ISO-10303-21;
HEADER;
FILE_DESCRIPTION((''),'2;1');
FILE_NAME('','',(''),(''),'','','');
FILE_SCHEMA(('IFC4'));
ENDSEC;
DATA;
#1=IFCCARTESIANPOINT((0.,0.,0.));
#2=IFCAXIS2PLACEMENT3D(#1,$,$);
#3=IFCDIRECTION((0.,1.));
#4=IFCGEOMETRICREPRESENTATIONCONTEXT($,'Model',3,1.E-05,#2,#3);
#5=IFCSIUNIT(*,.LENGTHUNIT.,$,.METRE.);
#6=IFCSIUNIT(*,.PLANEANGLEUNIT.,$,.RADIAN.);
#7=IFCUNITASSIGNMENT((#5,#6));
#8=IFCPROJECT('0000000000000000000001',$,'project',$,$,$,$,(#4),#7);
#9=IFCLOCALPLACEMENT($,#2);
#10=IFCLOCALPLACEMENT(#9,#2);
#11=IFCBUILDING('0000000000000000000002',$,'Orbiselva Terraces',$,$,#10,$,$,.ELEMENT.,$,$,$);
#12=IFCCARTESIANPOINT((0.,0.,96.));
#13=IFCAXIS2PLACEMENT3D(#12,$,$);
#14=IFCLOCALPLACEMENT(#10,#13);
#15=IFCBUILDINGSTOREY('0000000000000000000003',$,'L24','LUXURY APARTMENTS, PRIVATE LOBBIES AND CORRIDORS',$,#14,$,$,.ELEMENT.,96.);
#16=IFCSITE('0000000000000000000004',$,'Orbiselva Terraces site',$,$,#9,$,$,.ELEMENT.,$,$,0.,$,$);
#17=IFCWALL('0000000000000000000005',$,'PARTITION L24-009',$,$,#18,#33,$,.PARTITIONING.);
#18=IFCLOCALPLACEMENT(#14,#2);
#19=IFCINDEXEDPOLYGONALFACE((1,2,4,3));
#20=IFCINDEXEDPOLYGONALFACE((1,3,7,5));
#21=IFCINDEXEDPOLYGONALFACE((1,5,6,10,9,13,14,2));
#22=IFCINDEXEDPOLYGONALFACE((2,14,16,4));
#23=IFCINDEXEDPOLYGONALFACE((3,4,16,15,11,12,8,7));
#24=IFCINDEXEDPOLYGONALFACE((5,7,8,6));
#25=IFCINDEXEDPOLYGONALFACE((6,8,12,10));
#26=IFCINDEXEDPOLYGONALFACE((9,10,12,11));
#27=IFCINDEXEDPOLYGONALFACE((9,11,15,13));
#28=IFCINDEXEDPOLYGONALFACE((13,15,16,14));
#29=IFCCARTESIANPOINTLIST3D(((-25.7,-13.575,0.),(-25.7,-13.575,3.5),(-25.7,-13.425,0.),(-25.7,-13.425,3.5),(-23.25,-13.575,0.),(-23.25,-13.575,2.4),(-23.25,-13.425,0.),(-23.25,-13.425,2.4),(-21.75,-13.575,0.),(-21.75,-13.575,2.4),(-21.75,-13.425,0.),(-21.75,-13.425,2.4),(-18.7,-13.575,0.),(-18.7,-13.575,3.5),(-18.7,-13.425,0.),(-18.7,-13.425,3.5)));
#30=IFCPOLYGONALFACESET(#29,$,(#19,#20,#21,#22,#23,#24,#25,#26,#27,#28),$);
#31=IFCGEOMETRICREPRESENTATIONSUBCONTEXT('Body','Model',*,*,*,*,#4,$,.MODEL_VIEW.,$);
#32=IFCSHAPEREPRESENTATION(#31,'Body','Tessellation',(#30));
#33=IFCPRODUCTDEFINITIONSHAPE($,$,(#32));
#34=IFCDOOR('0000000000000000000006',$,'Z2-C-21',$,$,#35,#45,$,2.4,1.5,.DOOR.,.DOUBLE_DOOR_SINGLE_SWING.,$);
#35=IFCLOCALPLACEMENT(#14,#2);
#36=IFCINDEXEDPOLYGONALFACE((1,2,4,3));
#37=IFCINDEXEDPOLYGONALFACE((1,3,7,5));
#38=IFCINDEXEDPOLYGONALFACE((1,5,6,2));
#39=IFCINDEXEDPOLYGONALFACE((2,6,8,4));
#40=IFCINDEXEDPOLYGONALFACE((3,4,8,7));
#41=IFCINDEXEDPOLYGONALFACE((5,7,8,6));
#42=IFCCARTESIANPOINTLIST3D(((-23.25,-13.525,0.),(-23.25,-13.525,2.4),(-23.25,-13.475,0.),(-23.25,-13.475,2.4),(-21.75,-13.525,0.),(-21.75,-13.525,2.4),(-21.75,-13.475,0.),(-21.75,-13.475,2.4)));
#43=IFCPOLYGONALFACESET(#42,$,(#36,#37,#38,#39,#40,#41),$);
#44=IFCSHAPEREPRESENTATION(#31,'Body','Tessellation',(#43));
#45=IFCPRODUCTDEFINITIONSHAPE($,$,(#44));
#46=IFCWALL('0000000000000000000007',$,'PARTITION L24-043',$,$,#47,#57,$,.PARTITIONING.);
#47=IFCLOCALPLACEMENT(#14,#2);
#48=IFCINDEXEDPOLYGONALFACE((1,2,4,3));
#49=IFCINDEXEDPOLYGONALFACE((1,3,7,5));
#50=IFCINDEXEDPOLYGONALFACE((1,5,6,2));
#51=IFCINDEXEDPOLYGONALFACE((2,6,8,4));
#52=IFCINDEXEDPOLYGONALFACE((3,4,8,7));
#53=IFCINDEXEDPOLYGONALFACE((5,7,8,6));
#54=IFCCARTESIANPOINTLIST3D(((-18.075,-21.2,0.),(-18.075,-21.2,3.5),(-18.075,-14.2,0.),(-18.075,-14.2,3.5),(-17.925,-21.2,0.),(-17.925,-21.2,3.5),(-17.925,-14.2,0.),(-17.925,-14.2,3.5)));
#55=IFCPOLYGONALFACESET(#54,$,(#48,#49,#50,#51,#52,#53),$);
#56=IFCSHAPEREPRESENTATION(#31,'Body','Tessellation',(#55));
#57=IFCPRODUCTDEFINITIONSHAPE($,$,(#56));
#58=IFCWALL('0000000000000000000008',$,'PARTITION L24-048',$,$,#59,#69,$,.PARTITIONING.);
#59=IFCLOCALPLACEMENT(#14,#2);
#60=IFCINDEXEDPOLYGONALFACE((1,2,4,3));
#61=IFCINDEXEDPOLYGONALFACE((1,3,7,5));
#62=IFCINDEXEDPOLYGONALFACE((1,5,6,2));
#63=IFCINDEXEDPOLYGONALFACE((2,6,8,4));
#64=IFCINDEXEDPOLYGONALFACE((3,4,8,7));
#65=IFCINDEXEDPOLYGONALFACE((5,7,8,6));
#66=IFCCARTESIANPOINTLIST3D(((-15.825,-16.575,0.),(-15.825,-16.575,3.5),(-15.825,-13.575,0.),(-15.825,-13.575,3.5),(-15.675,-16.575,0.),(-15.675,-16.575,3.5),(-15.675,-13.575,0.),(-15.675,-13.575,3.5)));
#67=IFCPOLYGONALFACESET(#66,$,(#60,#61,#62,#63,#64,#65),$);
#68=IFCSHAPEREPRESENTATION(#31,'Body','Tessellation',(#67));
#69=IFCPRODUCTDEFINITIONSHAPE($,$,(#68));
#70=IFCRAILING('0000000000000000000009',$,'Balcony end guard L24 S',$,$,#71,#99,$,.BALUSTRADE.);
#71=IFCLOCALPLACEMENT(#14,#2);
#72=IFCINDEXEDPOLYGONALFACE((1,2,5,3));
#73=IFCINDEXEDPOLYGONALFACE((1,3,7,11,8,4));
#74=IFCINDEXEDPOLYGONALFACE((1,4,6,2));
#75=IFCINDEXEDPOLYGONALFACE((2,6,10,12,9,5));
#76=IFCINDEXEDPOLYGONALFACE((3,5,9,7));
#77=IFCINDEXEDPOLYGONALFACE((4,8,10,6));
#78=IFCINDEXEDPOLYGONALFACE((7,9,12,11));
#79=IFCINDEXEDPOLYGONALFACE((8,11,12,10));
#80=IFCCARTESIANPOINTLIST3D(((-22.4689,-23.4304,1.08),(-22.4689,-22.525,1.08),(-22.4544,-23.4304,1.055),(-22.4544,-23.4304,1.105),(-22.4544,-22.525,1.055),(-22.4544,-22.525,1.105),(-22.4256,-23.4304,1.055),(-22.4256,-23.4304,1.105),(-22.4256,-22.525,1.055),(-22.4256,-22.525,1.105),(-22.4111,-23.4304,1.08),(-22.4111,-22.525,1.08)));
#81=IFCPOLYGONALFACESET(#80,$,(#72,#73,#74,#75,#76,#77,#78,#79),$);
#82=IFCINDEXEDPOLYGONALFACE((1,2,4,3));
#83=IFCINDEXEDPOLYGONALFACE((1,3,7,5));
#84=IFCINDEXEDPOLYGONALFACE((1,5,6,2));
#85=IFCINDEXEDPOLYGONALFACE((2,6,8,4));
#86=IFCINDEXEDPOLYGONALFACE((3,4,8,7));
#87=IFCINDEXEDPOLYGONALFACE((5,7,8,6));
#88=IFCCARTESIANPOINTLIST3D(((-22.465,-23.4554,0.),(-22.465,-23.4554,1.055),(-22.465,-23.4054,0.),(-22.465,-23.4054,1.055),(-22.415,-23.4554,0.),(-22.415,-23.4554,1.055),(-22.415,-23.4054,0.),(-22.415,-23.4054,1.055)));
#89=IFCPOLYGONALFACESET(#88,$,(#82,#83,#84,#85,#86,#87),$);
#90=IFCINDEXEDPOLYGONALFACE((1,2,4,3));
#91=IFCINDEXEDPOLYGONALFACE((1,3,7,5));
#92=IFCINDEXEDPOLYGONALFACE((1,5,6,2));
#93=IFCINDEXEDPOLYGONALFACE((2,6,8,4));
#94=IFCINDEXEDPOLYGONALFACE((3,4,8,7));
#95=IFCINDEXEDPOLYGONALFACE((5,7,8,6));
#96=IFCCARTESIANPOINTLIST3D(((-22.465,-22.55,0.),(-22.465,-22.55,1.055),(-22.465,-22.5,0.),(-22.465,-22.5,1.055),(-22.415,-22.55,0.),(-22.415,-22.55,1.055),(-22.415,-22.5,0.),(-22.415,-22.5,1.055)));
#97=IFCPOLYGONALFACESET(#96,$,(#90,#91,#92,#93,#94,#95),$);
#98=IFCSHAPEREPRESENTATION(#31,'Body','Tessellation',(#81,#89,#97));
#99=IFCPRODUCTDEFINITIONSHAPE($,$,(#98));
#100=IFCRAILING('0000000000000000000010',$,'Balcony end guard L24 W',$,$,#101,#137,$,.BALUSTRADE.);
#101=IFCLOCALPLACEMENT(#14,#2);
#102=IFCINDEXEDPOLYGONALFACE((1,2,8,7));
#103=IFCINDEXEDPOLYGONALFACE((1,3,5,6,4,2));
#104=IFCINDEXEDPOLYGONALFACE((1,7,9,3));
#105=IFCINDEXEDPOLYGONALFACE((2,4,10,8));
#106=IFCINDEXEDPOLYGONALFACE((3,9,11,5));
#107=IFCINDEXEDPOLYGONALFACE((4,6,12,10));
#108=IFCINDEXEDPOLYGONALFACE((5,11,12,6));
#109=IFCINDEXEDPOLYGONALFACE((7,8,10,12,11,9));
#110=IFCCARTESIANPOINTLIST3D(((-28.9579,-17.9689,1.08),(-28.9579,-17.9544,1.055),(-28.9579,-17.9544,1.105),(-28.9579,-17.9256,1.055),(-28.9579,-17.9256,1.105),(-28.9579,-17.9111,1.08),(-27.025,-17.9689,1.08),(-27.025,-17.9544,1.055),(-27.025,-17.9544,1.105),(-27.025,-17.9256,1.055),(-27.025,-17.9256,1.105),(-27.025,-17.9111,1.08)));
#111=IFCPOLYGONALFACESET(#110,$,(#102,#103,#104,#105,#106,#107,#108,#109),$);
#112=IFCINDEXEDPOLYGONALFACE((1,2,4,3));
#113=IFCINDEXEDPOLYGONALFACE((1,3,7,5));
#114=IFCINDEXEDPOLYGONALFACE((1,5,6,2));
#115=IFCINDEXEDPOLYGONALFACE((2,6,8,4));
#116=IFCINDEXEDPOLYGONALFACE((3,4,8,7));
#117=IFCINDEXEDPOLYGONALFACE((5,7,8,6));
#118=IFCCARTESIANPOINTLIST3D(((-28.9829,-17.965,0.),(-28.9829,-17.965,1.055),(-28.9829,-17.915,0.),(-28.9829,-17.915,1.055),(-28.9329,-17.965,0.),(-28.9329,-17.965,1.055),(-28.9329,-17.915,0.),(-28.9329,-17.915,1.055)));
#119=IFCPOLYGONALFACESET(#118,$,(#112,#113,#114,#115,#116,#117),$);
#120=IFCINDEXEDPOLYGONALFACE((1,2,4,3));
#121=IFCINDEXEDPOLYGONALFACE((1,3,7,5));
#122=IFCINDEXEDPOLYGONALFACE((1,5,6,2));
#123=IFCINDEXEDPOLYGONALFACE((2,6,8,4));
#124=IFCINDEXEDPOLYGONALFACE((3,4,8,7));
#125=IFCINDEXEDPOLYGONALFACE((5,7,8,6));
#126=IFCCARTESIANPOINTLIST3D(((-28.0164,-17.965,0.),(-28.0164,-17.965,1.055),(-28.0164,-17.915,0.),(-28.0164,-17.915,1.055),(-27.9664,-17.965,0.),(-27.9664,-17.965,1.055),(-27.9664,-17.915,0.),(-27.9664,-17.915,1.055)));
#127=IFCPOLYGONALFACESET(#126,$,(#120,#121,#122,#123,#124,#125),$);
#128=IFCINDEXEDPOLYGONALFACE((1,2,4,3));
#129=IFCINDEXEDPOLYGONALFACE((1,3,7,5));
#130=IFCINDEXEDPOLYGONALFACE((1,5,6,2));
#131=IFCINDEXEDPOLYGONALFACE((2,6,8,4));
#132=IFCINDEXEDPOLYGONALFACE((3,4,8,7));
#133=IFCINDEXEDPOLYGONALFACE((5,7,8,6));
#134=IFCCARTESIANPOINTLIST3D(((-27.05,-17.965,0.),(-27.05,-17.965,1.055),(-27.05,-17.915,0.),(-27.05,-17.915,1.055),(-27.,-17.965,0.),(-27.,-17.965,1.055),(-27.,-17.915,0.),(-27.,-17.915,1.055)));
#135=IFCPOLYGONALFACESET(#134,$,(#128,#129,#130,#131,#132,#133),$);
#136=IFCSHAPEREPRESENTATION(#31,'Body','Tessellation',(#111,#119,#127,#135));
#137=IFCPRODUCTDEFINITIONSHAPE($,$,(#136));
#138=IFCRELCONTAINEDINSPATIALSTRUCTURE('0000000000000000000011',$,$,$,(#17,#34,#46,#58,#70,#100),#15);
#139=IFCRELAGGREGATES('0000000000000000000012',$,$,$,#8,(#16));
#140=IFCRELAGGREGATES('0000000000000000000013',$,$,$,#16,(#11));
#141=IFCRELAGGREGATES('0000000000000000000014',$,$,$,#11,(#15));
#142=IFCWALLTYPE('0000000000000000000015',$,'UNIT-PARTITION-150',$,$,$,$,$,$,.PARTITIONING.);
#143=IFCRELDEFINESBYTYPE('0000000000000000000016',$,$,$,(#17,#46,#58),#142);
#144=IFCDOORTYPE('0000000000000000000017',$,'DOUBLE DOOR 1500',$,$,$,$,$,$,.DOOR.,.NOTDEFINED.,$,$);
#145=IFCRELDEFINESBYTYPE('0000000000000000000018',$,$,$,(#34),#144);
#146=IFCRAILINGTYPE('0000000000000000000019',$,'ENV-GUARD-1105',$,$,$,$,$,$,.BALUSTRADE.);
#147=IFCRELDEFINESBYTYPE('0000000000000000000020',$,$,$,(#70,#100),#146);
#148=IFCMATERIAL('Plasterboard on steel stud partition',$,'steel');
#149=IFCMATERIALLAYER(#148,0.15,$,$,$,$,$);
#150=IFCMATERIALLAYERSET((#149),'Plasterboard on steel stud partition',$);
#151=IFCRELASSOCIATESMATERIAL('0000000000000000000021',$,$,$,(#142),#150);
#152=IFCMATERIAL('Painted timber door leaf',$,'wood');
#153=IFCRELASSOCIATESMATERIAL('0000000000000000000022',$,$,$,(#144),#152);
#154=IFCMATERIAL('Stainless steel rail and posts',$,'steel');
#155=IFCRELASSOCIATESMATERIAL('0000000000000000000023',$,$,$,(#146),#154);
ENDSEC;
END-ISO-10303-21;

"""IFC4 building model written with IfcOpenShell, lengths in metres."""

from ifc_helpers import new_model, si_unit, direction, frame, frame_2d, origin, origin_2d, place, context, subcontext, project, spatial, polyline, rectangle, outline, extrude, material, layer, layer_set, type_object, element, fill, save


model = new_model("IFC4")

# Units and contexts
model_context = context("Model", 3, precision=1e-05, world=origin(), true_north=direction((0.0, 1.0)))
body_context = subcontext(model_context, "Body", "Model", "MODEL_VIEW")
ifc_project = project(units=[si_unit("LENGTHUNIT", "METRE"), si_unit("PLANEANGLEUNIT", "RADIAN")], contexts=[model_context])

# Site, building, storey
site_placement = place(None, origin())
site = spatial("IfcSite", under=ifc_project, at=site_placement, Name="Orbiselva Terraces site", CompositionType="ELEMENT", RefElevation=0.0)
building_placement = place(site_placement, origin())
building = spatial("IfcBuilding", under=site, at=building_placement, Name="Orbiselva Terraces", CompositionType="ELEMENT")
storey_placement = place(building_placement, frame((0.0, 0.0, 96.0)))
storey = spatial("IfcBuildingStorey", under=building, at=storey_placement, Name="L24", Description="LUXURY APARTMENTS, PRIVATE LOBBIES AND CORRIDORS", CompositionType="ELEMENT", Elevation=96.0)

# Wall, opening, door
ifc_material_1 = material(Name="Plasterboard on steel stud partition", Category="steel")
ifc_layer_1 = layer(ifc_material_1, 0.15)
ifc_layer_set_1 = layer_set([ifc_layer_1], Name="Plasterboard on steel stud partition")
wall_type_1 = type_object("IfcWallType", Name="UNIT-PARTITION-150", PredefinedType="PARTITIONING", material=ifc_layer_set_1)
ifc_material_2 = material(Name="Painted timber door leaf", Category="wood")
wall_1_placement = place(storey_placement, frame((-18.7, -13.5, 0.0), z_axis=(0.0, 0.0, 1.0), x_axis=(-1.0, 0.0, 0.0)))
wall_1 = element("IfcWall", 1, at=wall_1_placement, inside=storey, type_object=wall_type_1, Name="PARTITION L24-009", PredefinedType="PARTITIONING", context=body_context, shape_type="SweptSolid", body=[
    extrude(rectangle(XDim=7.0, YDim=0.15, at=frame_2d((3.5, 0.0))), origin(), (0.0, 0.0, 1.0), 3.5),
])
opening_1_placement = place(wall_1_placement, frame((3.05, 0.0, 0.0)))
opening_1 = element("IfcOpeningElement", 2, at=opening_1_placement, cuts=wall_1, PredefinedType="OPENING", context=body_context, shape_type="SweptSolid", body=[
    extrude(rectangle(XDim=1.5, YDim=2.4, at=frame_2d((0.75, 1.2))), frame((0.0, 0.085, 0.0), z_axis=(0.0, -1.0, 0.0), x_axis=(1.0, 0.0, 0.0)), (0.0, 0.0, 1.0), 0.17),
])
door_type_1 = type_object("IfcDoorType", Name="DOUBLE DOOR 1500", OperationType="NOTDEFINED", PredefinedType="DOOR", material=ifc_material_2)
door_1_placement = place(opening_1_placement, origin())
door_1 = element("IfcDoor", 3, at=door_1_placement, inside=storey, type_object=door_type_1, Name="Z2-C-21", OperationType="DOUBLE_DOOR_SINGLE_SWING", OverallHeight=2.4, OverallWidth=1.5, PredefinedType="DOOR", context=body_context, shape_type="SweptSolid", body=[
    extrude(rectangle(XDim=1.5, YDim=2.4, at=frame_2d((0.75, 1.2))), frame((0.0, 0.025, 0.0), z_axis=(0.0, -1.0, 0.0), x_axis=(1.0, 0.0, 0.0)), (0.0, 0.0, 1.0), 0.05),
])
fill(opening_1, door_1)

# Walls
wall_2_placement = place(storey_placement, frame((-18.0, -21.2, 0.0), z_axis=(0.0, 0.0, 1.0), x_axis=(0.0, 1.0, 0.0)))
element("IfcWall", 4, at=wall_2_placement, inside=storey, type_object=wall_type_1, Name="PARTITION L24-043", PredefinedType="PARTITIONING", context=body_context, shape_type="SweptSolid", body=[
    extrude(rectangle(XDim=7.0, YDim=0.15, at=frame_2d((3.5, 0.0))), origin(), (0.0, 0.0, 1.0), 3.5),
])
wall_3_placement = place(storey_placement, frame((-15.75, -16.575, 0.0), z_axis=(0.0, 0.0, 1.0), x_axis=(0.0, 1.0, 0.0)))
element("IfcWall", 5, at=wall_3_placement, inside=storey, type_object=wall_type_1, Name="PARTITION L24-048", PredefinedType="PARTITIONING", context=body_context, shape_type="SweptSolid", body=[
    extrude(rectangle(XDim=3.0, YDim=0.15, at=frame_2d((1.5, 0.0))), origin(), (0.0, 0.0, 1.0), 3.5),
])

# Railings
ifc_material_3 = material(Name="Stainless steel rail and posts", Category="steel")
railing_type_1 = type_object("IfcRailingType", Name="ENV-GUARD-1105", PredefinedType="BALUSTRADE", material=ifc_material_3)
railing_1_placement = place(storey_placement, frame((-22.44, -23.4304, 0.0)))
element("IfcRailing", 6, at=railing_1_placement, inside=storey, type_object=railing_type_1, Name="Balcony end guard L24 S", PredefinedType="BALUSTRADE", context=body_context, shape_type="SweptSolid", body=[
    extrude(outline(polyline([(0.0289, 0.0), (0.0144, 0.025), (-0.0144, 0.025), (-0.0289, 0.0), (-0.0144, -0.025), (0.0144, -0.025), (0.0289, 0.0)])), frame((0.0, 0.0, 1.08), z_axis=(0.0, 1.0, 0.0), x_axis=(-1.0, 0.0, 0.0)), (0.0, 0.0, 1.0), 0.9054),
    extrude(rectangle(XDim=0.05, YDim=0.05, at=origin_2d()), origin(), (0.0, 0.0, 1.0), 1.055),
    extrude(rectangle(XDim=0.05, YDim=0.05, at=origin_2d()), frame((0.0, 0.9054, 0.0)), (0.0, 0.0, 1.0), 1.055),
])
railing_2_placement = place(storey_placement, frame((-28.9579, -17.94, 0.0)))
element("IfcRailing", 7, at=railing_2_placement, inside=storey, type_object=railing_type_1, Name="Balcony end guard L24 W", PredefinedType="BALUSTRADE", context=body_context, shape_type="SweptSolid", body=[
    extrude(outline(polyline([(0.0289, 0.0), (0.0144, 0.025), (-0.0144, 0.025), (-0.0289, 0.0), (-0.0144, -0.025), (0.0144, -0.025), (0.0289, 0.0)])), frame((0.0, 0.0, 1.08), z_axis=(1.0, 0.0, 0.0), x_axis=(0.0, 1.0, 0.0)), (0.0, 0.0, 1.0), 1.9329),
    extrude(rectangle(XDim=0.05, YDim=0.05, at=origin_2d()), origin(), (0.0, 0.0, 1.0), 1.055),
    extrude(rectangle(XDim=0.05, YDim=0.05, at=origin_2d()), frame((0.9664, 0.0, 0.0)), (0.0, 0.0, 1.0), 1.055),
    extrude(rectangle(XDim=0.05, YDim=0.05, at=origin_2d()), frame((1.9329, 0.0, 0.0)), (0.0, 0.0, 1.0), 1.055),
])

save(model, "model.ifc")
